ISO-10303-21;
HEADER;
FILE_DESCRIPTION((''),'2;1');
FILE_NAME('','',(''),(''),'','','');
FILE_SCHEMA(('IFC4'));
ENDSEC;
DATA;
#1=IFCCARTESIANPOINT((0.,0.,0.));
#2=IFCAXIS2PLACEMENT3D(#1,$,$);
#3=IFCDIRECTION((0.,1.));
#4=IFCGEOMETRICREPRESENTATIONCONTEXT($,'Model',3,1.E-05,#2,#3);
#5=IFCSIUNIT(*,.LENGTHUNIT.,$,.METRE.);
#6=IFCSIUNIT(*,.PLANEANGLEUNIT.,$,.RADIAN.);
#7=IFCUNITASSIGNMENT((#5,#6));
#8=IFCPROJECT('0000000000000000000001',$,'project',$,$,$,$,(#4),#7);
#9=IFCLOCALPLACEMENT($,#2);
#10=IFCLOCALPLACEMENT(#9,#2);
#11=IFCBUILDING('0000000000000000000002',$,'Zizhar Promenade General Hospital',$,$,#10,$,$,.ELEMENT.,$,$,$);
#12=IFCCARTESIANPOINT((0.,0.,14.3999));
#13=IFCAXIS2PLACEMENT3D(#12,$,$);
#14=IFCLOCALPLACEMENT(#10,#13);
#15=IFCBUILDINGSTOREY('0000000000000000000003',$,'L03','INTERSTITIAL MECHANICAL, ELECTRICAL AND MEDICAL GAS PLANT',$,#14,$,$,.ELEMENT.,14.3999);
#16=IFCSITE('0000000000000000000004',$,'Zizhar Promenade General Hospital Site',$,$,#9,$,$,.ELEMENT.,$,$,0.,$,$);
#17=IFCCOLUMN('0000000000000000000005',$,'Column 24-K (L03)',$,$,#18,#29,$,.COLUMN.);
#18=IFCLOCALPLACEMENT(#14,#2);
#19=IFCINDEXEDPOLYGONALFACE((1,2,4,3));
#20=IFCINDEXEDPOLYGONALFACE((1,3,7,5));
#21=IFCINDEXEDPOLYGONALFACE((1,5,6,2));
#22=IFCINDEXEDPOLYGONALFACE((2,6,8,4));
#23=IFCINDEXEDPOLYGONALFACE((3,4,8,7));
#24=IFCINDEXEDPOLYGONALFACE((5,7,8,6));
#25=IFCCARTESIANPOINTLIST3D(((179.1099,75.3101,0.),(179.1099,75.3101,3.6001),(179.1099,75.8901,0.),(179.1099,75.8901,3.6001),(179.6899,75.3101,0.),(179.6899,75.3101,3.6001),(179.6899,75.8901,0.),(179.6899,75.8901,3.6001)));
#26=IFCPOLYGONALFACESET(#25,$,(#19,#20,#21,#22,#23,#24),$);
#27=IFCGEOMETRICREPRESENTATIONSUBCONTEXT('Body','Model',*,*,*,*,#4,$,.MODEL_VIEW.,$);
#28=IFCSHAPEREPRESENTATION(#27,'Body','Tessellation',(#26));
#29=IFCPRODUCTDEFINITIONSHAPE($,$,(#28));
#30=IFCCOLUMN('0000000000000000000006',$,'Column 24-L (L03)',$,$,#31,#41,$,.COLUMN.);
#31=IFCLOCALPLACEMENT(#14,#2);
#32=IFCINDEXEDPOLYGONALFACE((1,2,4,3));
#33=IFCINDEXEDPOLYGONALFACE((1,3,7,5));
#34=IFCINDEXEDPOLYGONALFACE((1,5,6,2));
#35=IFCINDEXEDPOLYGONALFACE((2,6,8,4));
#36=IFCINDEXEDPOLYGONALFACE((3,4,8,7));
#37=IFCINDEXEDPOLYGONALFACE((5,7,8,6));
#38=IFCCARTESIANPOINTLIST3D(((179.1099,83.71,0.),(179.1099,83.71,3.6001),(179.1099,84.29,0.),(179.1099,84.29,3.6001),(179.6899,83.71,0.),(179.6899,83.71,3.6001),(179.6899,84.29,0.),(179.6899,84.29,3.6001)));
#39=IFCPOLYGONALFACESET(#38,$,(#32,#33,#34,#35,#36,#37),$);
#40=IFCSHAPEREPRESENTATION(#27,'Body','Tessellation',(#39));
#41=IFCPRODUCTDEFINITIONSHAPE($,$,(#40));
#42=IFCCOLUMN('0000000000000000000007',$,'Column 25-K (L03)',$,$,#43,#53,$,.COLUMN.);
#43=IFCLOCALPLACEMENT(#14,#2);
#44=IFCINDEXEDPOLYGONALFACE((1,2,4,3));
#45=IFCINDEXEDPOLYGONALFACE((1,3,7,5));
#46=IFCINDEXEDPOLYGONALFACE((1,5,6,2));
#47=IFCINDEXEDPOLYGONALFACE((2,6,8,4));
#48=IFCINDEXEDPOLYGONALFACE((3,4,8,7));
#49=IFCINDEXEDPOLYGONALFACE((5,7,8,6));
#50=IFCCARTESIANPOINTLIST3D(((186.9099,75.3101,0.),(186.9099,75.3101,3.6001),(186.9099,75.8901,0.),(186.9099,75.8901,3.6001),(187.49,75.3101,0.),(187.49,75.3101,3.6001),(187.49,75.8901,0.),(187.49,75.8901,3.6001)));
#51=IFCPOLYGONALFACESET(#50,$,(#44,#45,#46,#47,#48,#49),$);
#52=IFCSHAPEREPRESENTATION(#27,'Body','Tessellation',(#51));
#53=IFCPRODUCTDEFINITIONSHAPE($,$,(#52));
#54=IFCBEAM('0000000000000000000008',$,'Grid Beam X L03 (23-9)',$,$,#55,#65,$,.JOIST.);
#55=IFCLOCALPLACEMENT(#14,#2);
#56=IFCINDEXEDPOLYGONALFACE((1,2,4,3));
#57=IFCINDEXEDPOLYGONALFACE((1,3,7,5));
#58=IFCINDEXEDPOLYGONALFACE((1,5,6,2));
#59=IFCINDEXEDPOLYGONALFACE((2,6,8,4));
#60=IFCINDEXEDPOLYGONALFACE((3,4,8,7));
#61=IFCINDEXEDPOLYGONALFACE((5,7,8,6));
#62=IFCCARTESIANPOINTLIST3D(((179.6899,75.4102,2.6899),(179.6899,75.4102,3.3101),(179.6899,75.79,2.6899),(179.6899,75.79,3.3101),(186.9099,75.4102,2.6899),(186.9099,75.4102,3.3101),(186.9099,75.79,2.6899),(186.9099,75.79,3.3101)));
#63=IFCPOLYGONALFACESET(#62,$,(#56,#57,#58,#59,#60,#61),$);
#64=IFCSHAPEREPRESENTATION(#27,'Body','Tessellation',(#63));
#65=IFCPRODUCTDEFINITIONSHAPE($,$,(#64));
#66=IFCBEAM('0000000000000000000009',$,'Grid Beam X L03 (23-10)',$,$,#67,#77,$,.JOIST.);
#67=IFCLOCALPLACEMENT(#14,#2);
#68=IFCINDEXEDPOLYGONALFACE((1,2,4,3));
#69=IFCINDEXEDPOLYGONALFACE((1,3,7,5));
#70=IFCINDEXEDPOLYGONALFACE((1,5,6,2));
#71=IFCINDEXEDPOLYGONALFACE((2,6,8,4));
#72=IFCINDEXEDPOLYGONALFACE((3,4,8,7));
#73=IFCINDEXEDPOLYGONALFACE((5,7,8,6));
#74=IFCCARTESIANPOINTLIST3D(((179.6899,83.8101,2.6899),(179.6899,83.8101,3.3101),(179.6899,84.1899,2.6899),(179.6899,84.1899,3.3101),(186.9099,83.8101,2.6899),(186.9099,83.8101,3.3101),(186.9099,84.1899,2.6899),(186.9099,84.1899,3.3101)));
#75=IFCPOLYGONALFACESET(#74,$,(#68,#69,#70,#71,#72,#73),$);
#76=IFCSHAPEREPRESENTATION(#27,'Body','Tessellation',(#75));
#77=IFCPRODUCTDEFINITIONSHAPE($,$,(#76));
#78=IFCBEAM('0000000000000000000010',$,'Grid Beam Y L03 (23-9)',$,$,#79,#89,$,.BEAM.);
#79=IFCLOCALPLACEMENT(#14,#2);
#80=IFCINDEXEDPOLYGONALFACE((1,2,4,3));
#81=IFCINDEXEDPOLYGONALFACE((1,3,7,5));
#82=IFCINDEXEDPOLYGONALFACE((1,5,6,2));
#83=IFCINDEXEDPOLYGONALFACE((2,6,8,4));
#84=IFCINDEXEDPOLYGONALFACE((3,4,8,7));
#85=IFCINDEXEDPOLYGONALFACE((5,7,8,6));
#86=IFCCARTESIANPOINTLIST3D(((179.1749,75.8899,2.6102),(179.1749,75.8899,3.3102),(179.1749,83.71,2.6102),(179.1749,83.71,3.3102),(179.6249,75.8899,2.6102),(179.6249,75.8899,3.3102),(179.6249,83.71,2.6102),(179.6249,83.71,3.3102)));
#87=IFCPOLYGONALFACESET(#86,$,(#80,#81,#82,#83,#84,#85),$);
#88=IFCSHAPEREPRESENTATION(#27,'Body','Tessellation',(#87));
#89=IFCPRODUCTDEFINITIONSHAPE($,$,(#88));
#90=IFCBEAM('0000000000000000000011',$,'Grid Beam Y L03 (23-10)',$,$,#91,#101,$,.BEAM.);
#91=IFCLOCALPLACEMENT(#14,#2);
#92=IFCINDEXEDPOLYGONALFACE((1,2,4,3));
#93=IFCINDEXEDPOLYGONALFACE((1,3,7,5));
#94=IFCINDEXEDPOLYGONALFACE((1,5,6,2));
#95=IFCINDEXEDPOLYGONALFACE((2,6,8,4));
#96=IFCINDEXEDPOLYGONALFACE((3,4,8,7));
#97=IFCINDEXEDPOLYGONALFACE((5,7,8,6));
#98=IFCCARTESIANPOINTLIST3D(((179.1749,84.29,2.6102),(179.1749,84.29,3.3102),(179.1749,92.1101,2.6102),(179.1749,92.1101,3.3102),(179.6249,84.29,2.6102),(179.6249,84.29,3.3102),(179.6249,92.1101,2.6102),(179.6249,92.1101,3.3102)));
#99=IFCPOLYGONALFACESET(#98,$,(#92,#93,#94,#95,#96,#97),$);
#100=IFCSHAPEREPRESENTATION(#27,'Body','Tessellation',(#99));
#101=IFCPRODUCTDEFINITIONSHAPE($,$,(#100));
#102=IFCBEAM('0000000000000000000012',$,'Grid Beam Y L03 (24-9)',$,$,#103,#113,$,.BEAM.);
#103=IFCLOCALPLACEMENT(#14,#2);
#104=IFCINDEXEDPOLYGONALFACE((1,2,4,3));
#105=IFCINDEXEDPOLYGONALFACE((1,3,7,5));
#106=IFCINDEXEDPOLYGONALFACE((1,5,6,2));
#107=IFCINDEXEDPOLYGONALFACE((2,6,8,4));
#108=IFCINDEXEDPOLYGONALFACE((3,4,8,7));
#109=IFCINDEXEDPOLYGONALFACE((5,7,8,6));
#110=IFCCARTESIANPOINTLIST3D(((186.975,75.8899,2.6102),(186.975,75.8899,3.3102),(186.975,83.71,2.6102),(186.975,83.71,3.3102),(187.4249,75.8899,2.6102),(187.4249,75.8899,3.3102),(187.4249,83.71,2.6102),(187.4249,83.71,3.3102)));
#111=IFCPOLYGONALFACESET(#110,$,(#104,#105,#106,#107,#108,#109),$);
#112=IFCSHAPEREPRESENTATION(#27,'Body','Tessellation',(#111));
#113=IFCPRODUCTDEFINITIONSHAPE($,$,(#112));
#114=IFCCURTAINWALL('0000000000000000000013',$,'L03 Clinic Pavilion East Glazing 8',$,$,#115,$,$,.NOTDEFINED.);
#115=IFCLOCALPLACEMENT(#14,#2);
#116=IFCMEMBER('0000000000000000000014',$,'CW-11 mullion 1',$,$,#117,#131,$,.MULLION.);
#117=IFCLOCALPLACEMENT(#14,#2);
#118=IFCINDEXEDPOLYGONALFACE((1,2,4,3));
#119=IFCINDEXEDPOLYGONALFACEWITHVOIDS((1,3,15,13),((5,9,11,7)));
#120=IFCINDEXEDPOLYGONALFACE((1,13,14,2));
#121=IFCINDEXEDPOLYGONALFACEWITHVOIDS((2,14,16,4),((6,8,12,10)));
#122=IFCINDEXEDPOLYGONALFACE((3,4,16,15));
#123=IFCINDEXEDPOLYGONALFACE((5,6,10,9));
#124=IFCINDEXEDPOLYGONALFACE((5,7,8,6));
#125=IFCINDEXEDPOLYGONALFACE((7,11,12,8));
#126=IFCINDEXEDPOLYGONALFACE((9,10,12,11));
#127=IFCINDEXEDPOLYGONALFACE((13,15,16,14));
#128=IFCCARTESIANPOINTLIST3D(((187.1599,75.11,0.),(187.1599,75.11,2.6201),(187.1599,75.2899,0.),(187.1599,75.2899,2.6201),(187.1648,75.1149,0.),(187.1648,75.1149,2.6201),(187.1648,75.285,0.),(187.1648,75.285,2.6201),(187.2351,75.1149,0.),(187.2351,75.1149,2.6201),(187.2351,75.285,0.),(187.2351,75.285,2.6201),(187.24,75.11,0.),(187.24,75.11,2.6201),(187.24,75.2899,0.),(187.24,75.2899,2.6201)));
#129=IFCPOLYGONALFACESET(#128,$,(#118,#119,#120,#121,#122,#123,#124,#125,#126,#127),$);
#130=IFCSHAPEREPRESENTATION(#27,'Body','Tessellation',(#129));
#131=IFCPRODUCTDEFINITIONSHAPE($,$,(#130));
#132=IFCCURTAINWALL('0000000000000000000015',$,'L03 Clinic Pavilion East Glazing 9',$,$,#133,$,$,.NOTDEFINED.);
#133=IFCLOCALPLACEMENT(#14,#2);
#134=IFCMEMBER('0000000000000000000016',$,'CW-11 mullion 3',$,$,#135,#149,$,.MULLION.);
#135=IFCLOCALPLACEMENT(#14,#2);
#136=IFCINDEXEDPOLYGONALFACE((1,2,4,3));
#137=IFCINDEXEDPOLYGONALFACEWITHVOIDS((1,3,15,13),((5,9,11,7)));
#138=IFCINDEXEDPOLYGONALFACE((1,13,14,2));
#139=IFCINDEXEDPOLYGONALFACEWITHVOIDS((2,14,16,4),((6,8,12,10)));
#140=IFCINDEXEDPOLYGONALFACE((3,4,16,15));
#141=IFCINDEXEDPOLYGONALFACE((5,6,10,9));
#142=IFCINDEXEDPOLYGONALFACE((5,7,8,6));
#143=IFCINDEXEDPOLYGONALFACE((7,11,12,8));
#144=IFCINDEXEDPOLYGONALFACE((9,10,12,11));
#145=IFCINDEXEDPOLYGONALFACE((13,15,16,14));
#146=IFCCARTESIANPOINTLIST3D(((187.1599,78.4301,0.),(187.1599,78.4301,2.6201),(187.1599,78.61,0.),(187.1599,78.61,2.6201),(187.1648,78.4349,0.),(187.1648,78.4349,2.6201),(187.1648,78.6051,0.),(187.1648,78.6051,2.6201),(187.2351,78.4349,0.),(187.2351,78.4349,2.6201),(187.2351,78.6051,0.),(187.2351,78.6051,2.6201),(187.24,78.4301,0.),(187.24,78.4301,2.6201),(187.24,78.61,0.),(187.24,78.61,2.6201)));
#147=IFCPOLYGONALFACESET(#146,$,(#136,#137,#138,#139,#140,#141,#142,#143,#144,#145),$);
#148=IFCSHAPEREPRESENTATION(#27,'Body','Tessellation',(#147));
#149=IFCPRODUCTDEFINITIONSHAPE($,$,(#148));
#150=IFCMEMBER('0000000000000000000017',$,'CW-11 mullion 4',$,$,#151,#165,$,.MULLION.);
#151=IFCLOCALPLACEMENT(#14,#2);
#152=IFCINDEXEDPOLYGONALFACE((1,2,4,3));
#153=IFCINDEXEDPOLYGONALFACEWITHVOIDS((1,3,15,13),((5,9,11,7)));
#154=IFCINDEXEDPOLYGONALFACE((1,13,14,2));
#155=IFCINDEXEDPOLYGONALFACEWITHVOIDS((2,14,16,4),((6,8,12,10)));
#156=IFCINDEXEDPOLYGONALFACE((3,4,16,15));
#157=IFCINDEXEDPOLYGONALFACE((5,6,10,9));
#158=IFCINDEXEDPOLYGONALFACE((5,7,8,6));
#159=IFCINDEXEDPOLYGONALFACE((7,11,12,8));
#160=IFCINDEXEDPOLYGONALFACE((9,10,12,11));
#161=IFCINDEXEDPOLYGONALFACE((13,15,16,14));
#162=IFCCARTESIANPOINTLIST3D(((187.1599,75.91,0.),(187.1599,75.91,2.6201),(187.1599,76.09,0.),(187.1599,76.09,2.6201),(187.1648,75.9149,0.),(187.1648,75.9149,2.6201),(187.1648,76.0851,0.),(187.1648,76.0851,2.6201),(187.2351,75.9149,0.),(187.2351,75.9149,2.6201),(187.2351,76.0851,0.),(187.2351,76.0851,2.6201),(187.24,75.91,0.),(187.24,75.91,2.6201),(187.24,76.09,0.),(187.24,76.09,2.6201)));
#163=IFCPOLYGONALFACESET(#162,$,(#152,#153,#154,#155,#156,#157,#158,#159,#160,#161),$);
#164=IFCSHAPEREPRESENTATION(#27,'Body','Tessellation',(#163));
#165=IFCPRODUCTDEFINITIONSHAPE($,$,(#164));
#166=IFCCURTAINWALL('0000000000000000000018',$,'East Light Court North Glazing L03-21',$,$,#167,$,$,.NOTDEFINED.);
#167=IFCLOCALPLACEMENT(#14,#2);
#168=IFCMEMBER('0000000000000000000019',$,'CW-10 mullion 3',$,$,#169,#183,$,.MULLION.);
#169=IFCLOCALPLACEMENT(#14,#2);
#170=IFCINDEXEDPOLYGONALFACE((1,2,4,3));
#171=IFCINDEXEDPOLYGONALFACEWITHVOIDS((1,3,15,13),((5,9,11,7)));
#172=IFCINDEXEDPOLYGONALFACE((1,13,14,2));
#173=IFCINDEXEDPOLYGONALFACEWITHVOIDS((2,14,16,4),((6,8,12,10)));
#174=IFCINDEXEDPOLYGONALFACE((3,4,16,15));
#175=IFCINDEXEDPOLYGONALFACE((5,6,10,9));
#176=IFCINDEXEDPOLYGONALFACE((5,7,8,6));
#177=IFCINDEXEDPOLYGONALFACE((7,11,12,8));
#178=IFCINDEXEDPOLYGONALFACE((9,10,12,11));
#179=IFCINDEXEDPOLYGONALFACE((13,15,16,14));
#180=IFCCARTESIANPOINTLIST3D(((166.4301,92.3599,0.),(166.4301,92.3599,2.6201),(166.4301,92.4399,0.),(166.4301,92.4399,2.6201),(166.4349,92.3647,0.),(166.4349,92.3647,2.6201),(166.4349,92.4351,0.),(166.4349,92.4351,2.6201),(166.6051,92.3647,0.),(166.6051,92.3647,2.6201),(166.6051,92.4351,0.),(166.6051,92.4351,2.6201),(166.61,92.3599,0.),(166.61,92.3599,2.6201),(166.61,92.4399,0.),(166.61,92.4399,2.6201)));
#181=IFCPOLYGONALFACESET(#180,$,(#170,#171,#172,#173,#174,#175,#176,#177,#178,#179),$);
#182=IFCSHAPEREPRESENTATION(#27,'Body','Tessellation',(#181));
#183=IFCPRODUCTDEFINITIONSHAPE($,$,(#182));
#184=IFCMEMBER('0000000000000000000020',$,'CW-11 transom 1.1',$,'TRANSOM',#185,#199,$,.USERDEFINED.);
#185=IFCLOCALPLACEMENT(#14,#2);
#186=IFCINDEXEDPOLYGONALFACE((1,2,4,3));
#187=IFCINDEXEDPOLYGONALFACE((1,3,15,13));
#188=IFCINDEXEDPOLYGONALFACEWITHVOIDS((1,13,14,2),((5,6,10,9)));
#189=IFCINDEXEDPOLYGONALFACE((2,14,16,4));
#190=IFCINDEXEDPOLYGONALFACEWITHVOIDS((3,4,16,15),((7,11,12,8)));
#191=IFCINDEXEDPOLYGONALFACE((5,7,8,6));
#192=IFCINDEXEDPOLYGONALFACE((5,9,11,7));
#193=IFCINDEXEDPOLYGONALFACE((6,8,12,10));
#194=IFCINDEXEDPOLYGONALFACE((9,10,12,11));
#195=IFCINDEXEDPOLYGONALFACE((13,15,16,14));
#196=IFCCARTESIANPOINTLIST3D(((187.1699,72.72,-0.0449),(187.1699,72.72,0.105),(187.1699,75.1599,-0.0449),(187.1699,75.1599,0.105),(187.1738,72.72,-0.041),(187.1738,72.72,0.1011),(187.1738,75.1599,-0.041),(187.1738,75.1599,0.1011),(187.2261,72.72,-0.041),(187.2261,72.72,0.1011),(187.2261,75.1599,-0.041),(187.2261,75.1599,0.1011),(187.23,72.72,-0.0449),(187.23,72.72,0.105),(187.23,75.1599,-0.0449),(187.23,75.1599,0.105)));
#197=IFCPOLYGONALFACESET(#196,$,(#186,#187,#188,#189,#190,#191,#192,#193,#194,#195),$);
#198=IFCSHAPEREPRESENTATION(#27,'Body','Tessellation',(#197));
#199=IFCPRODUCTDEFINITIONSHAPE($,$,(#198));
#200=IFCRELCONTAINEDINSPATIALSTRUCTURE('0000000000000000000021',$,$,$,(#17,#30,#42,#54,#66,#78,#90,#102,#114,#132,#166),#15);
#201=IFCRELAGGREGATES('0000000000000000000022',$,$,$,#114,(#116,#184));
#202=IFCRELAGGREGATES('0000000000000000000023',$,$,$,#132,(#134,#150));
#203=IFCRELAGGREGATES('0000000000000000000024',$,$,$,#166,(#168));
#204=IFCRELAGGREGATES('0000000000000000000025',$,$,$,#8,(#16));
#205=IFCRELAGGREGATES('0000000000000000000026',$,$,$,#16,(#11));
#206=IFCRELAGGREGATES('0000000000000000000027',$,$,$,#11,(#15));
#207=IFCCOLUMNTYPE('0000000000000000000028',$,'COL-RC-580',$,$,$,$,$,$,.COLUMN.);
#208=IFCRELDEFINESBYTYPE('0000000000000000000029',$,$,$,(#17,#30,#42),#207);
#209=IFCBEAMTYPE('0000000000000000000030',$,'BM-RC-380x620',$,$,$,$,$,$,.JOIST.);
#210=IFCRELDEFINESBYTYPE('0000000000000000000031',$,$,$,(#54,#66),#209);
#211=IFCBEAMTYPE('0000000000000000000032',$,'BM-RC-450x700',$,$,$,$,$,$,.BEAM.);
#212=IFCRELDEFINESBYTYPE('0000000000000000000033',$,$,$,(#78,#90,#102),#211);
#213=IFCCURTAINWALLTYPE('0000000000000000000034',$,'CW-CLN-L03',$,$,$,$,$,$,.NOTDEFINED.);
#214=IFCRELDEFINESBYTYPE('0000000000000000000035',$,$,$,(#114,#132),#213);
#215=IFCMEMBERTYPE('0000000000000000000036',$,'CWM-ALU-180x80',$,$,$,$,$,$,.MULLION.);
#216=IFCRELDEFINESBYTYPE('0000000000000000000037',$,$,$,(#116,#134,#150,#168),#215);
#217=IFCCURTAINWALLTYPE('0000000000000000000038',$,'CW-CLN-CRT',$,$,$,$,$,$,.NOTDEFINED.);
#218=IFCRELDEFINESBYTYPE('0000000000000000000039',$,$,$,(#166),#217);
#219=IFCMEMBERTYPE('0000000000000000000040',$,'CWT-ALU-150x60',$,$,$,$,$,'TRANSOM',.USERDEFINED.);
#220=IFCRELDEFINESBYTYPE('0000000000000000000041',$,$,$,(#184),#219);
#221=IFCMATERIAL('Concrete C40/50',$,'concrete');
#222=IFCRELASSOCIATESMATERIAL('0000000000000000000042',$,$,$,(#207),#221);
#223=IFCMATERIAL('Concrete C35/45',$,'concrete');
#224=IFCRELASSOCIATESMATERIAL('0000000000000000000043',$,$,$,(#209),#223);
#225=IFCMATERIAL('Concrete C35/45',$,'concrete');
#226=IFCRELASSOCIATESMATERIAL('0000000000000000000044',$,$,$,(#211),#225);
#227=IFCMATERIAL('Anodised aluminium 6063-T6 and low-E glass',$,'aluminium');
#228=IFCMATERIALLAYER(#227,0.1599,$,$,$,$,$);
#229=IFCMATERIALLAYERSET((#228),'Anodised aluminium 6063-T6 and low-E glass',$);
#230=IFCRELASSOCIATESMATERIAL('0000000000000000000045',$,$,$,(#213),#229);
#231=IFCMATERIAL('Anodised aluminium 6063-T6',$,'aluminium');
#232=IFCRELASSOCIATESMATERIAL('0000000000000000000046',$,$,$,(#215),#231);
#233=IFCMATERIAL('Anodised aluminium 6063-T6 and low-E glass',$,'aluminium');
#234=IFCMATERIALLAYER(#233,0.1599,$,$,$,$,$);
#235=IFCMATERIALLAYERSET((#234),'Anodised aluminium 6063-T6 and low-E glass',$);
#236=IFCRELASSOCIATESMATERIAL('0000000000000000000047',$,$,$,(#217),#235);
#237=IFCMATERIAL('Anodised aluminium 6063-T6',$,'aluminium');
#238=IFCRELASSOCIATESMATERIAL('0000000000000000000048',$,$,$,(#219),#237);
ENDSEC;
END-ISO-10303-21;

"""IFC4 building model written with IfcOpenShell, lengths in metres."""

from ifc_helpers import new_model, si_unit, direction, frame, origin, origin_2d, place, context, subcontext, project, spatial, rectangle, hollow_rectangle, extrude, material, layer, layer_set, material_profile, profile_set, type_object, element, aggregate, save


model = new_model("IFC4")

# Units and contexts
model_context = context("Model", 3, precision=1e-05, world=origin(), true_north=direction((0.0, 1.0)))
body_context = subcontext(model_context, "Body", "Model", "MODEL_VIEW")
ifc_project = project(units=[si_unit("LENGTHUNIT", "METRE"), si_unit("PLANEANGLEUNIT", "RADIAN")], contexts=[model_context])

# Site, building, storey
site_placement = place(None, origin())
site = spatial("IfcSite", under=ifc_project, at=site_placement, Name="Zizhar Promenade General Hospital Site", CompositionType="ELEMENT", RefElevation=0.0)
building_placement = place(site_placement, origin())
building = spatial("IfcBuilding", under=site, at=building_placement, Name="Zizhar Promenade General Hospital", CompositionType="ELEMENT")
storey_placement = place(building_placement, frame((0.0, 0.0, 14.3999)))
storey = spatial("IfcBuildingStorey", under=building, at=storey_placement, Name="L03", Description="INTERSTITIAL MECHANICAL, ELECTRICAL AND MEDICAL GAS PLANT", CompositionType="ELEMENT", Elevation=14.3999)

# Columns
ifc_material_1 = material(Name="Concrete C40/50", Category="concrete")
ifc_material_profile_1 = material_profile(ifc_material_1, rectangle(XDim=0.5801, YDim=0.5801, at=origin_2d()))
ifc_profile_set_1 = profile_set([ifc_material_profile_1], Name="Concrete C40/50")
column_type = type_object("IfcColumnType", Name="COL-RC-580", PredefinedType="COLUMN", material=ifc_profile_set_1)
for number, where, z_axis, x_axis, name in (
    (1, (179.3999, 75.6001, 0.0), (0.0, 0.0, 1.0), (1.0, 0.0, 0.0), "Column 24-K (L03)"),
    (2, (179.3999, 84.0, 0.0), (0.0, 0.0, 1.0), (1.0, 0.0, 0.0), "Column 24-L (L03)"),
    (3, (187.2, 75.6001, 0.0), (0.0, 0.0, 1.0), (1.0, 0.0, 0.0), "Column 25-K (L03)"),
):
    element("IfcColumn", number, at=place(storey_placement, frame(where, z_axis=z_axis, x_axis=x_axis)), inside=storey, type_object=column_type, Name=name, PredefinedType="COLUMN", context=body_context, shape_type="SweptSolid", body=[
        extrude(rectangle(XDim=0.5801, YDim=0.5801, at=origin_2d()), origin(), (0.0, 0.0, 1.0), 3.6001),
    ])

# Beams
ifc_material_2 = material(Name="Concrete C35/45", Category="concrete")
ifc_material_profile_2 = material_profile(ifc_material_2, rectangle(XDim=0.3799, YDim=0.6201, at=origin_2d()))
ifc_profile_set_2 = profile_set([ifc_material_profile_2], Name="Concrete C35/45")
beam_type_1 = type_object("IfcBeamType", Name="BM-RC-380x620", PredefinedType="JOIST", material=ifc_profile_set_2)
for number, where, z_axis, x_axis, name in (
    (4, (179.6899, 75.6001, 3.0), (1.0, 0.0, 0.0), (0.0, 1.0, 0.0), "Grid Beam X L03 (23-9)"),
    (5, (179.6899, 84.0, 3.0), (1.0, 0.0, 0.0), (0.0, 1.0, 0.0), "Grid Beam X L03 (23-10)"),
):
    element("IfcBeam", number, at=place(storey_placement, frame(where, z_axis=z_axis, x_axis=x_axis)), inside=storey, type_object=beam_type_1, Name=name, PredefinedType="JOIST", context=body_context, shape_type="SweptSolid", body=[
        extrude(rectangle(XDim=0.3799, YDim=0.6201, at=origin_2d()), origin(), (0.0, 0.0, 1.0), 7.22),
    ])
ifc_material_3 = material(Name="Concrete C35/45", Category="concrete")
ifc_material_profile_3 = material_profile(ifc_material_3, rectangle(XDim=0.45, YDim=0.7, at=origin_2d()))
ifc_profile_set_3 = profile_set([ifc_material_profile_3], Name="Concrete C35/45")
beam_type_2 = type_object("IfcBeamType", Name="BM-RC-450x700", PredefinedType="BEAM", material=ifc_profile_set_3)
for number, where, z_axis, x_axis, name in (
    (6, (179.3999, 75.8899, 2.9602), (0.0, 1.0, 0.0), (-1.0, 0.0, 0.0), "Grid Beam Y L03 (23-9)"),
    (7, (179.3999, 84.29, 2.9602), (0.0, 1.0, 0.0), (-1.0, 0.0, 0.0), "Grid Beam Y L03 (23-10)"),
    (8, (187.2, 75.8899, 2.9602), (0.0, 1.0, 0.0), (-1.0, 0.0, 0.0), "Grid Beam Y L03 (24-9)"),
):
    element("IfcBeam", number, at=place(storey_placement, frame(where, z_axis=z_axis, x_axis=x_axis)), inside=storey, type_object=beam_type_2, Name=name, PredefinedType="BEAM", context=body_context, shape_type="SweptSolid", body=[
        extrude(rectangle(XDim=0.45, YDim=0.7, at=origin_2d()), origin(), (0.0, 0.0, 1.0), 7.8201),
    ])

# Curtain wall, member
ifc_material_4 = material(Name="Anodised aluminium 6063-T6 and low-E glass", Category="aluminium")
ifc_layer_1 = layer(ifc_material_4, 0.1599)
ifc_layer_set_1 = layer_set([ifc_layer_1], Name="Anodised aluminium 6063-T6 and low-E glass")
curtain_wall_type_1 = type_object("IfcCurtainWallType", Name="CW-CLN-L03", PredefinedType="NOTDEFINED", material=ifc_layer_set_1)
curtain_wall_1_placement = place(storey_placement, origin())
curtain_wall_1 = element("IfcCurtainWall", 9, at=curtain_wall_1_placement, inside=storey, type_object=curtain_wall_type_1, Name="L03 Clinic Pavilion East Glazing 8", PredefinedType="NOTDEFINED")
ifc_material_5 = material(Name="Anodised aluminium 6063-T6", Category="aluminium")
ifc_material_profile_4 = material_profile(ifc_material_5, hollow_rectangle(XDim=0.0801, YDim=0.1799, WallThickness=0.0049, at=origin_2d()))
ifc_profile_set_4 = profile_set([ifc_material_profile_4], Name="Anodised aluminium 6063-T6")
member_type_1 = type_object("IfcMemberType", Name="CWM-ALU-180x80", PredefinedType="MULLION", material=ifc_profile_set_4)
member_1_placement = place(storey_placement, frame((187.2, 75.2, 0.0), z_axis=(0.0, 0.0, 1.0), x_axis=(1.0, 0.0, 0.0)))
member_1 = element("IfcMember", 10, at=member_1_placement, type_object=member_type_1, Name="CW-11 mullion 1", PredefinedType="MULLION", context=body_context, shape_type="SweptSolid", body=[
    extrude(hollow_rectangle(XDim=0.0801, YDim=0.1799, WallThickness=0.0049, at=origin_2d()), origin(), (0.0, 0.0, 1.0), 2.6201),
])

# Curtain wall, members
curtain_wall_2_placement = place(storey_placement, origin())
curtain_wall_2 = element("IfcCurtainWall", 11, at=curtain_wall_2_placement, inside=storey, type_object=curtain_wall_type_1, Name="L03 Clinic Pavilion East Glazing 9", PredefinedType="NOTDEFINED")
member_2_placement = place(storey_placement, frame((187.2, 78.52, 0.0), z_axis=(0.0, 0.0, 1.0), x_axis=(1.0, 0.0, 0.0)))
member_2 = element("IfcMember", 12, at=member_2_placement, type_object=member_type_1, Name="CW-11 mullion 3", PredefinedType="MULLION", context=body_context, shape_type="SweptSolid", body=[
    extrude(hollow_rectangle(XDim=0.0801, YDim=0.1799, WallThickness=0.0049, at=origin_2d()), origin(), (0.0, 0.0, 1.0), 2.6201),
])
member_3_placement = place(storey_placement, frame((187.2, 76.0, 0.0), z_axis=(0.0, 0.0, 1.0), x_axis=(1.0, 0.0, 0.0)))
member_3 = element("IfcMember", 13, at=member_3_placement, type_object=member_type_1, Name="CW-11 mullion 4", PredefinedType="MULLION", context=body_context, shape_type="SweptSolid", body=[
    extrude(hollow_rectangle(XDim=0.0801, YDim=0.1799, WallThickness=0.0049, at=origin_2d()), origin(), (0.0, 0.0, 1.0), 2.6201),
])

# Curtain wall, member
ifc_material_6 = material(Name="Anodised aluminium 6063-T6 and low-E glass", Category="aluminium")
ifc_layer_2 = layer(ifc_material_6, 0.1599)
ifc_layer_set_2 = layer_set([ifc_layer_2], Name="Anodised aluminium 6063-T6 and low-E glass")
curtain_wall_type_2 = type_object("IfcCurtainWallType", Name="CW-CLN-CRT", PredefinedType="NOTDEFINED", material=ifc_layer_set_2)
curtain_wall_3_placement = place(storey_placement, origin())
curtain_wall_3 = element("IfcCurtainWall", 14, at=curtain_wall_3_placement, inside=storey, type_object=curtain_wall_type_2, Name="East Light Court North Glazing L03-21", PredefinedType="NOTDEFINED")
member_4_placement = place(storey_placement, frame((166.52, 92.3999, 0.0), z_axis=(0.0, 0.0, 1.0), x_axis=(0.0, -1.0, 0.0)))
member_4 = element("IfcMember", 15, at=member_4_placement, type_object=member_type_1, Name="CW-10 mullion 3", PredefinedType="MULLION", context=body_context, shape_type="SweptSolid", body=[
    extrude(hollow_rectangle(XDim=0.0801, YDim=0.1799, WallThickness=0.0049, at=origin_2d()), origin(), (0.0, 0.0, 1.0), 2.6201),
])

# Member
ifc_material_7 = material(Name="Anodised aluminium 6063-T6", Category="aluminium")
ifc_material_profile_5 = material_profile(ifc_material_7, hollow_rectangle(XDim=0.0601, YDim=0.1499, WallThickness=0.0039, at=origin_2d()))
ifc_profile_set_5 = profile_set([ifc_material_profile_5], Name="Anodised aluminium 6063-T6")
member_type_2 = type_object("IfcMemberType", Name="CWT-ALU-150x60", ElementType="TRANSOM", PredefinedType="USERDEFINED", material=ifc_profile_set_5)
member_5_placement = place(storey_placement, frame((187.2, 75.1599, 0.03), z_axis=(0.0, -1.0, 0.0), x_axis=(1.0, 0.0, 0.0)))
member_5 = element("IfcMember", 16, at=member_5_placement, type_object=member_type_2, Name="CW-11 transom 1.1", ObjectType="TRANSOM", PredefinedType="USERDEFINED", context=body_context, shape_type="SweptSolid", body=[
    extrude(hollow_rectangle(XDim=0.0601, YDim=0.1499, WallThickness=0.0039, at=origin_2d()), origin(), (0.0, 0.0, 1.0), 2.4399),
])
aggregate(curtain_wall_1, [member_1, member_5])

aggregate(curtain_wall_2, [member_2, member_3])
aggregate(curtain_wall_3, [member_4])

save(model, "model.ifc")
